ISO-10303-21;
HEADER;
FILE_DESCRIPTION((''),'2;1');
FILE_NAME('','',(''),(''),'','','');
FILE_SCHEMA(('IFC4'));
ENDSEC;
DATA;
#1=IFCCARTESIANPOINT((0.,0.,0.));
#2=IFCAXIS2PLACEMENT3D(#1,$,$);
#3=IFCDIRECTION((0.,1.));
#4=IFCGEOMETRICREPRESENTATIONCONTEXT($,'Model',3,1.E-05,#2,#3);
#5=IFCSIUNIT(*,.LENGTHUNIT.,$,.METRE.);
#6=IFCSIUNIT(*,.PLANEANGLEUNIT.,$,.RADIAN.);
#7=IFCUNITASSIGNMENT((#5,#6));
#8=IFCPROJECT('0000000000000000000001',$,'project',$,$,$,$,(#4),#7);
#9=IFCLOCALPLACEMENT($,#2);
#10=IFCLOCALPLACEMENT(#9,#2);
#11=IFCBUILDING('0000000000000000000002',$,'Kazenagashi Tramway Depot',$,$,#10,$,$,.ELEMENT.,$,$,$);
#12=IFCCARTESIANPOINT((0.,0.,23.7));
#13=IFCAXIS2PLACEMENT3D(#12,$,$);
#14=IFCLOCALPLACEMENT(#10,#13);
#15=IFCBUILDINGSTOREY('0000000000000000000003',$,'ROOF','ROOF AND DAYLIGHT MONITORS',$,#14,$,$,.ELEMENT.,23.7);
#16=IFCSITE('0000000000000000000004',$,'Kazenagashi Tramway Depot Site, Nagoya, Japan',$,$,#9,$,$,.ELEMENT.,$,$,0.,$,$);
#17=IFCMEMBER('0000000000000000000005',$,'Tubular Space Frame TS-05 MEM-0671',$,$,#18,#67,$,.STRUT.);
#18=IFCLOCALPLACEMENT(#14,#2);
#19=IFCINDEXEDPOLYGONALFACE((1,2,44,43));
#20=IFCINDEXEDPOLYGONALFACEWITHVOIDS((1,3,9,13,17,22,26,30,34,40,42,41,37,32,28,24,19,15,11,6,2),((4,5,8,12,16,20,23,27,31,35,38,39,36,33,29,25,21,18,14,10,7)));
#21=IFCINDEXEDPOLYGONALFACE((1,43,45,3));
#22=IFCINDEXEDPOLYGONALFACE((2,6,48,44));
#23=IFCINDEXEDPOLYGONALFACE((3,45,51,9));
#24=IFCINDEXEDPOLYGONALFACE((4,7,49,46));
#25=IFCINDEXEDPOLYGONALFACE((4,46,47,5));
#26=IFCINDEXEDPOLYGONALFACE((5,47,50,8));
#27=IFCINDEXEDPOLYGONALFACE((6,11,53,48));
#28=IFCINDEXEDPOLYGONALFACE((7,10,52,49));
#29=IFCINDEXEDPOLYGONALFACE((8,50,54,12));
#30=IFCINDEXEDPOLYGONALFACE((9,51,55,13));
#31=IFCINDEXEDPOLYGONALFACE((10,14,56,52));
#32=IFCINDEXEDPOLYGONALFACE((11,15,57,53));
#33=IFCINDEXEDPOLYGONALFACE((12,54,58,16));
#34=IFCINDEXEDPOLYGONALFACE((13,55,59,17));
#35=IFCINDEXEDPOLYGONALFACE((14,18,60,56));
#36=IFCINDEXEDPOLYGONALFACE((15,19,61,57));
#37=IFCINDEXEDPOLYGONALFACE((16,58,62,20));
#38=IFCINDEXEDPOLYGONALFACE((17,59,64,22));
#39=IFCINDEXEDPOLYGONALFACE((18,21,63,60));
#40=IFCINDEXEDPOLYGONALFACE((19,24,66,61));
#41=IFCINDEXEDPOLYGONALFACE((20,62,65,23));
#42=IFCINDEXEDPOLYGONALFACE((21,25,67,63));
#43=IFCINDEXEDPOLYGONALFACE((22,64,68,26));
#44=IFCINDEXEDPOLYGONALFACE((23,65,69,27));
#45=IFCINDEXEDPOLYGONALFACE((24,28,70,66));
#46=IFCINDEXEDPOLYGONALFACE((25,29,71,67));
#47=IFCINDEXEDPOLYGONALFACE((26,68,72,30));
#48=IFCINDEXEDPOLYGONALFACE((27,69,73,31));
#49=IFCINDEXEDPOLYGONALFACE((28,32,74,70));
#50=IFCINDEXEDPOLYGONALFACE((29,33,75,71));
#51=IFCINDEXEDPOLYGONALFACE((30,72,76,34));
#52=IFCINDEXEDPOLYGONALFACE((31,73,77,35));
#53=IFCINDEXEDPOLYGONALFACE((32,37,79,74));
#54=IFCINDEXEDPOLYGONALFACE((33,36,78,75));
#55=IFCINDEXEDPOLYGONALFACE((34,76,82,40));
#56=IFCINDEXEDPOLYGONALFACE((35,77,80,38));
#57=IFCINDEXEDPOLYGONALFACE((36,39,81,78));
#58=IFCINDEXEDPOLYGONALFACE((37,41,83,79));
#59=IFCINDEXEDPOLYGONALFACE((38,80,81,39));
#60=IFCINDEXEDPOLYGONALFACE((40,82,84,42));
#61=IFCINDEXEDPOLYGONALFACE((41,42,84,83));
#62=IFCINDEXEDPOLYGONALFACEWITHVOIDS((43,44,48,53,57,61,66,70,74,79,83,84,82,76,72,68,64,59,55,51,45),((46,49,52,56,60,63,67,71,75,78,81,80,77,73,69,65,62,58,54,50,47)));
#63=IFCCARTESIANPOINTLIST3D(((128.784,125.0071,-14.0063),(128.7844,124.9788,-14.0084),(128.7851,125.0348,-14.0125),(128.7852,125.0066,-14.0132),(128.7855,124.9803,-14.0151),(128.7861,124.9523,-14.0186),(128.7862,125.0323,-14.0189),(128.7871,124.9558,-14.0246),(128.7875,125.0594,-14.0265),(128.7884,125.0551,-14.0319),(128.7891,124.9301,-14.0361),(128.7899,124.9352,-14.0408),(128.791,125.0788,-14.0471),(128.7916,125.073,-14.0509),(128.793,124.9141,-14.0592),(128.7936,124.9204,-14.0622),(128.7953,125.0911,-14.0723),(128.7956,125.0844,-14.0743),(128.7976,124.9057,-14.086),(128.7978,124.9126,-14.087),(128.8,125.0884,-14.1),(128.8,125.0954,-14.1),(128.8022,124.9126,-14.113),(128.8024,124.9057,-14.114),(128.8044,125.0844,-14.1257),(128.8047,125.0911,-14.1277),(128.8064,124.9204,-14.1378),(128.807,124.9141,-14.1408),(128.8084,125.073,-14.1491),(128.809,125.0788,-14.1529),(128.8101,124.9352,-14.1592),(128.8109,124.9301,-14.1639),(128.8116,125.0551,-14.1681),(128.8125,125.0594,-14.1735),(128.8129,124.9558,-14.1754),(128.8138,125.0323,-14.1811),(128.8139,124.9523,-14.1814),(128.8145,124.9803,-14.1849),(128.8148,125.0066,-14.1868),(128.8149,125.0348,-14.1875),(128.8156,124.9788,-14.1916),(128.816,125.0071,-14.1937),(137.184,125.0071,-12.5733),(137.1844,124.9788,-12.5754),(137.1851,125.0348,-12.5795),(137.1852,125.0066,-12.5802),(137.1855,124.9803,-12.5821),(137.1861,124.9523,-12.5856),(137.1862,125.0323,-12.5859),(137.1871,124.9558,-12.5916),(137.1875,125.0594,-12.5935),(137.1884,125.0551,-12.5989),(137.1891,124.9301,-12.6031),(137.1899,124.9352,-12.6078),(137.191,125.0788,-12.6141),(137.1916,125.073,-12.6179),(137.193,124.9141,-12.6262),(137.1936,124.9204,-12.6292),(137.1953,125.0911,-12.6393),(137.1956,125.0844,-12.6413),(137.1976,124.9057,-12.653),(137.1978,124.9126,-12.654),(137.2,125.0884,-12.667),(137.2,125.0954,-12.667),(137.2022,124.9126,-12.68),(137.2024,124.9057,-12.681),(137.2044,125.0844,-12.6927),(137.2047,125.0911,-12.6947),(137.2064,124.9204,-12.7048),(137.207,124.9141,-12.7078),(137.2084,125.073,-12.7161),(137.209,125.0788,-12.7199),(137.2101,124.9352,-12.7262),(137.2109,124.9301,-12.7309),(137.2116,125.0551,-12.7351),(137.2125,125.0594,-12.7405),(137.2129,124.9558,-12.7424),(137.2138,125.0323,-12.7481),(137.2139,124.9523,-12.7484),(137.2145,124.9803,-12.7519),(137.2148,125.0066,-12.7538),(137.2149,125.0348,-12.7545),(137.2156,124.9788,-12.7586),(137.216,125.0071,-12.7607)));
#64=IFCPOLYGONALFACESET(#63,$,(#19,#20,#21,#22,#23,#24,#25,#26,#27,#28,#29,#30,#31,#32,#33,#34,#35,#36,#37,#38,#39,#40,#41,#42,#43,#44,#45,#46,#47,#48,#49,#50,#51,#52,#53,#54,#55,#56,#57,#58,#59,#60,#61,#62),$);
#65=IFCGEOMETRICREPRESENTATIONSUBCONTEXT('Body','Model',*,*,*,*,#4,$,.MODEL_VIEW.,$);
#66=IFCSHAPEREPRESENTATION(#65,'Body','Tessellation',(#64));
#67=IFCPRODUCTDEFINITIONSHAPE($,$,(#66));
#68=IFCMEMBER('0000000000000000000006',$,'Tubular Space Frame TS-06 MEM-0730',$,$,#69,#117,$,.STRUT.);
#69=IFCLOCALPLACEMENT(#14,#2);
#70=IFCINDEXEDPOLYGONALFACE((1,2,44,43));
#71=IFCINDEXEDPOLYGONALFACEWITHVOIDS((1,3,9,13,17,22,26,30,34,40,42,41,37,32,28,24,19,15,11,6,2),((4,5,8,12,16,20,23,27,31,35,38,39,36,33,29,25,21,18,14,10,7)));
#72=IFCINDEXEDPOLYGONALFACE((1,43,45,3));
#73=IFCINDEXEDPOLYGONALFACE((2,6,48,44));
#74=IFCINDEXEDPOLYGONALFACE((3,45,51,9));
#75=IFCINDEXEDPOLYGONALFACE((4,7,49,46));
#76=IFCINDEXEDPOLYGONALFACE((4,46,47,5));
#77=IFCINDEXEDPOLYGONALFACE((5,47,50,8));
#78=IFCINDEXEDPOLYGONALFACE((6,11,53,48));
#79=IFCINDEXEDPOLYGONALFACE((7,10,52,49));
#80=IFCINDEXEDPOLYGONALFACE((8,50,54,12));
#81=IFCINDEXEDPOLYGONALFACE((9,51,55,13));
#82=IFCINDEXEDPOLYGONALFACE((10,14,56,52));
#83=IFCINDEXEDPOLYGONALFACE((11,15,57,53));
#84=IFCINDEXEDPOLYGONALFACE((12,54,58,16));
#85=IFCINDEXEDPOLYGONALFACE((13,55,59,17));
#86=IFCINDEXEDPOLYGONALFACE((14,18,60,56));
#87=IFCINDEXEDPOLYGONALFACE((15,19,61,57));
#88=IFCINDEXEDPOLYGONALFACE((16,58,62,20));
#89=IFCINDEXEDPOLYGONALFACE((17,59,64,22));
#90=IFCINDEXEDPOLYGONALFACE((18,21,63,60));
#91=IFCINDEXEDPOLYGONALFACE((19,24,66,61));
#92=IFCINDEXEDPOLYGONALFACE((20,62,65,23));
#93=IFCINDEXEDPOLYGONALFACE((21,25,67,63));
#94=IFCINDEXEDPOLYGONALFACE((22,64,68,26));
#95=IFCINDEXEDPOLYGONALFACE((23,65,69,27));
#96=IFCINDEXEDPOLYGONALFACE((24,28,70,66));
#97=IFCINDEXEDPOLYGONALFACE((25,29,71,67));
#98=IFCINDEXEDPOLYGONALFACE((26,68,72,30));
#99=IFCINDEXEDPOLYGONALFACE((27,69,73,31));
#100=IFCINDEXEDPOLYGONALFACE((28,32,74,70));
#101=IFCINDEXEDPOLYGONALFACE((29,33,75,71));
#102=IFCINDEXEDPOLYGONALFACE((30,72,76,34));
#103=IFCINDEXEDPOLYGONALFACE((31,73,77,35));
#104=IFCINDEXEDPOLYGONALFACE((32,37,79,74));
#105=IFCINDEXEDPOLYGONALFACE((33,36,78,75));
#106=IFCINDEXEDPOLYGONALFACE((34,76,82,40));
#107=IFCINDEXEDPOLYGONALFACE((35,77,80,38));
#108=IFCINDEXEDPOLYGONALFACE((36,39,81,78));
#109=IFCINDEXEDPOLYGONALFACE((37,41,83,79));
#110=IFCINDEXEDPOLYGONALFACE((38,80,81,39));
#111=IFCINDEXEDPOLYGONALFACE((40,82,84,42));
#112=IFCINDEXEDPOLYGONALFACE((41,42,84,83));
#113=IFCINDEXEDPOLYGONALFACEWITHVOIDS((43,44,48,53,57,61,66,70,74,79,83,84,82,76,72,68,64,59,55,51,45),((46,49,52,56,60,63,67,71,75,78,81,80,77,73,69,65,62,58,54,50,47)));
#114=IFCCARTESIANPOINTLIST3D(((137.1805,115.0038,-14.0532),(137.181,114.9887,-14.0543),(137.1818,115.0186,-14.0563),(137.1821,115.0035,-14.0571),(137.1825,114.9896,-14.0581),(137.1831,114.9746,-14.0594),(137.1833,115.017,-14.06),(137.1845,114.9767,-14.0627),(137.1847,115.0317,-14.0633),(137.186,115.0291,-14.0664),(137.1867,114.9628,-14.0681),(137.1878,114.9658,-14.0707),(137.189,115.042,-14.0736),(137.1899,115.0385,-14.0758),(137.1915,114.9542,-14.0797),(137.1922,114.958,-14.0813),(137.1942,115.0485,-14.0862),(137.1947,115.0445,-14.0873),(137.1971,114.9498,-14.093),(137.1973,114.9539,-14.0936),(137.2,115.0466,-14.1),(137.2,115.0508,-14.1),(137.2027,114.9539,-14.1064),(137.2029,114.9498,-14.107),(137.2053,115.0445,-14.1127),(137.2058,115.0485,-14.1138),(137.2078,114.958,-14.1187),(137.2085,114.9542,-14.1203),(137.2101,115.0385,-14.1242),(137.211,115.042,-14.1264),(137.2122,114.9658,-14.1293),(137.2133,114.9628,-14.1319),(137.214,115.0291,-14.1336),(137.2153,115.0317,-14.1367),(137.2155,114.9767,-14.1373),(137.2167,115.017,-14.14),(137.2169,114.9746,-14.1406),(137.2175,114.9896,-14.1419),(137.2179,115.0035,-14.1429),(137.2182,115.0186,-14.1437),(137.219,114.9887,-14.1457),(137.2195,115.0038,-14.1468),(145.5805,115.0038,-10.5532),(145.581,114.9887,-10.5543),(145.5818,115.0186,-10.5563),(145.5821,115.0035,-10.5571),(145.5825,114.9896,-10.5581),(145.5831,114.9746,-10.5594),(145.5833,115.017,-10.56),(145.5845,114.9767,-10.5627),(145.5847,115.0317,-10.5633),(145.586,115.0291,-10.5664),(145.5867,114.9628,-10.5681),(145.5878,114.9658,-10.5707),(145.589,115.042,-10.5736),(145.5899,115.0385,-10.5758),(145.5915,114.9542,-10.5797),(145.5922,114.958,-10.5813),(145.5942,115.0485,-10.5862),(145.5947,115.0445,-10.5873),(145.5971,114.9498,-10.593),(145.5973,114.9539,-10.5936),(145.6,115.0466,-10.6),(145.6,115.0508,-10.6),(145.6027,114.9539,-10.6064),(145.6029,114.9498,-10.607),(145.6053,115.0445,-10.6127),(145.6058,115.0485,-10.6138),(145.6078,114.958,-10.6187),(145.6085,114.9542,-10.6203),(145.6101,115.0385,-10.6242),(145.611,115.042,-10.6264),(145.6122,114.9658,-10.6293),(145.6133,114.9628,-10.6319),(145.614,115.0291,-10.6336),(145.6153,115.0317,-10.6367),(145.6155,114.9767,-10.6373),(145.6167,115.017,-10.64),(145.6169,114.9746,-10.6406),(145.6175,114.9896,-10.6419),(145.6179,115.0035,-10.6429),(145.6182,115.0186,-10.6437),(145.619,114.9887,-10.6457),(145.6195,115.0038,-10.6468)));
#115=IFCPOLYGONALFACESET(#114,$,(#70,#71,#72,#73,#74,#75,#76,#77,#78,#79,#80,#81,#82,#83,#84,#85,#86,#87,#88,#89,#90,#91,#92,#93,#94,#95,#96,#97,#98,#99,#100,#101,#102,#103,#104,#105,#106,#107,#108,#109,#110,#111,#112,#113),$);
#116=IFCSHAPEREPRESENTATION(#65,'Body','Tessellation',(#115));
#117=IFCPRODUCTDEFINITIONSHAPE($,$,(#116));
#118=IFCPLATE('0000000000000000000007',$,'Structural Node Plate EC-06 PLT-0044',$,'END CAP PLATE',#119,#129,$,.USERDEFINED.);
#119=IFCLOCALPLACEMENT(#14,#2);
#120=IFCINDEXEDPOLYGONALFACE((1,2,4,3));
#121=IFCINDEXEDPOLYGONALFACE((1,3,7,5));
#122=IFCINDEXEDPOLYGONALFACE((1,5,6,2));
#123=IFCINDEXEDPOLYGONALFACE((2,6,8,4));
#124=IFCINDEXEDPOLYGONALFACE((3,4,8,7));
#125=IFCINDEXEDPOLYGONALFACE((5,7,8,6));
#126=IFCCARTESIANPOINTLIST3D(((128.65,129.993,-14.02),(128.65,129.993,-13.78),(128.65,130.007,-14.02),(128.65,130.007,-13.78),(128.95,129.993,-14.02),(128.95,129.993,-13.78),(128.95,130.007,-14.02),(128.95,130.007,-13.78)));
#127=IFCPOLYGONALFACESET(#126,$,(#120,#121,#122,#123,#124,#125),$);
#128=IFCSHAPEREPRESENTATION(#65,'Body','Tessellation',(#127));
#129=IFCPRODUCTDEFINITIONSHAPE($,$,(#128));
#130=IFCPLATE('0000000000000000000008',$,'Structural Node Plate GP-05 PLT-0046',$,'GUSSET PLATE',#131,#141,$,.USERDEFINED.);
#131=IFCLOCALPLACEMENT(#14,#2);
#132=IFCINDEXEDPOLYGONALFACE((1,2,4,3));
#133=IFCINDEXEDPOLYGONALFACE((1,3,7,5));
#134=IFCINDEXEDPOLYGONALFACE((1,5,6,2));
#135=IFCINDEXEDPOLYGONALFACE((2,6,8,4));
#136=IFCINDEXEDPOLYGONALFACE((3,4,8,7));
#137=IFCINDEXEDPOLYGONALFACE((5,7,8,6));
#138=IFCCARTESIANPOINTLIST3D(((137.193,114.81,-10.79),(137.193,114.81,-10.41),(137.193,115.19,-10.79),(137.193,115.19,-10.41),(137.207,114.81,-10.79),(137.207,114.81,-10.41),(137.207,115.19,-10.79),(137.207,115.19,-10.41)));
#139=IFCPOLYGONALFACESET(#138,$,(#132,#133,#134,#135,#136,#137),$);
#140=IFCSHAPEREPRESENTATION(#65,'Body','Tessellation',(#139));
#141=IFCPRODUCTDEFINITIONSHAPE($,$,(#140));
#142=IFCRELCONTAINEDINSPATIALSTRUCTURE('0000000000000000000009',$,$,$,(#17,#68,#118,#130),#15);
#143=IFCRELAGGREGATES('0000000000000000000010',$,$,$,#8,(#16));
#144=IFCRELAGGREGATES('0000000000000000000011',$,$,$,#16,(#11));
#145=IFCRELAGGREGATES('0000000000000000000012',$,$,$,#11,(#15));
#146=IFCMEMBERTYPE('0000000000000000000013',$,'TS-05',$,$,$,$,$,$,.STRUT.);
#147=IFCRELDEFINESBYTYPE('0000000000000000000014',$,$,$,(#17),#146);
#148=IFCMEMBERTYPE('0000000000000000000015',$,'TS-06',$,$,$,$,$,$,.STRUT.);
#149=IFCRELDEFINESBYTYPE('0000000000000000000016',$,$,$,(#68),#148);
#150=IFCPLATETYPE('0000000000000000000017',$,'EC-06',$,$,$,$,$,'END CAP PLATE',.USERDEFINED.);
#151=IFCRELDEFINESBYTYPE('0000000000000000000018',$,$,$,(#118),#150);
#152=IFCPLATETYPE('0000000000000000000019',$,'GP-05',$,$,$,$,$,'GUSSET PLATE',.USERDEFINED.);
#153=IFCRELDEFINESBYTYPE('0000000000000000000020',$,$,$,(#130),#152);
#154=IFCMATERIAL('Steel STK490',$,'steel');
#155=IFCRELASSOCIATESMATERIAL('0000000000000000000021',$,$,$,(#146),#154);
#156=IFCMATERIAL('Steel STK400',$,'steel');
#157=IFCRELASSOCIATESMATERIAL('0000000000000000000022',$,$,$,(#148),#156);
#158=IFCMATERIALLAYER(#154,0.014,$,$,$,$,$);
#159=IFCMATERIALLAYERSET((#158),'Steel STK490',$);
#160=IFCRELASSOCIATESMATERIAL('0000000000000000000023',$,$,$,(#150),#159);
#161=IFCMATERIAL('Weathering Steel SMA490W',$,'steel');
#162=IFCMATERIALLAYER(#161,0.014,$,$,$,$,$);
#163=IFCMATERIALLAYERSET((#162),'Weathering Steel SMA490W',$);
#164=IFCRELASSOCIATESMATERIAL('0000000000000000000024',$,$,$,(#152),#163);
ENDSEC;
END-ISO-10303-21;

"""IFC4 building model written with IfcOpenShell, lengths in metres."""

from ifc_helpers import new_model, si_unit, direction, frame, origin, origin_2d, place, context, subcontext, project, spatial, rectangle, hollow_circle, extrude, material, layer, layer_set, material_profile, profile_set, type_object, element, save


model = new_model("IFC4")

# Units and contexts
model_context = context("Model", 3, precision=1e-05, world=origin(), true_north=direction((0.0, 1.0)))
body_context = subcontext(model_context, "Body", "Model", "MODEL_VIEW")
ifc_project = project(units=[si_unit("LENGTHUNIT", "METRE"), si_unit("PLANEANGLEUNIT", "RADIAN")], contexts=[model_context])

# Site, building, storey
site_placement = place(None, origin())
site = spatial("IfcSite", under=ifc_project, at=site_placement, Name="Kazenagashi Tramway Depot Site, Nagoya, Japan", CompositionType="ELEMENT", RefElevation=0.0)
building_placement = place(site_placement, origin())
building = spatial("IfcBuilding", under=site, at=building_placement, Name="Kazenagashi Tramway Depot", CompositionType="ELEMENT")
storey_placement = place(building_placement, frame((0.0, 0.0, 23.7)))
storey = spatial("IfcBuildingStorey", under=building, at=storey_placement, Name="ROOF", Description="ROOF AND DAYLIGHT MONITORS", CompositionType="ELEMENT", Elevation=23.7)

# Members
ifc_material_1 = material(Name="Steel STK490", Category="steel")
ifc_material_profile_1 = material_profile(ifc_material_1, hollow_circle(Radius=0.0954, WallThickness=0.007, at=origin_2d()), Name="CHS-190.7x7.0")
ifc_profile_set_1 = profile_set([ifc_material_profile_1], Name="Steel STK490")
member_type_1 = type_object("IfcMemberType", Name="TS-05", PredefinedType="STRUT", material=ifc_profile_set_1)
member_1_placement = place(storey_placement, frame((128.8, 125.0, -14.1), z_axis=(0.985759, 0.0, 0.168166), x_axis=(0.0, 1.0, 0.0)))
element("IfcMember", 1, at=member_1_placement, inside=storey, type_object=member_type_1, Name="Tubular Space Frame TS-05 MEM-0671", PredefinedType="STRUT", context=body_context, shape_type="SweptSolid", body=[
    extrude(hollow_circle(Radius=0.0954, WallThickness=0.007, at=origin_2d()), origin(), (0.0, 0.0, 1.0), 8.5214),
])
ifc_material_2 = material(Name="Steel STK400", Category="steel")
ifc_material_profile_2 = material_profile(ifc_material_2, hollow_circle(Radius=0.0508, WallThickness=0.0042, at=origin_2d()), Name="CHS-101.6x4.2")
ifc_profile_set_2 = profile_set([ifc_material_profile_2], Name="Steel STK400")
member_type_2 = type_object("IfcMemberType", Name="TS-06", PredefinedType="STRUT", material=ifc_profile_set_2)
member_2_placement = place(storey_placement, frame((137.2, 115.0, -14.1), z_axis=(0.923077, 0.0, 0.384615), x_axis=(0.0, 1.0, 0.0)))
element("IfcMember", 2, at=member_2_placement, inside=storey, type_object=member_type_2, Name="Tubular Space Frame TS-06 MEM-0730", PredefinedType="STRUT", context=body_context, shape_type="SweptSolid", body=[
    extrude(hollow_circle(Radius=0.0508, WallThickness=0.0042, at=origin_2d()), origin(), (0.0, 0.0, 1.0), 9.1),
])

# Plates
ifc_layer_1 = layer(ifc_material_1, 0.014)
ifc_layer_set_1 = layer_set([ifc_layer_1], Name="Steel STK490")
plate_type_1 = type_object("IfcPlateType", Name="EC-06", ElementType="END CAP PLATE", PredefinedType="USERDEFINED", material=ifc_layer_set_1)
plate_1_placement = place(storey_placement, frame((128.8, 130.0, -14.02), z_axis=(0.0, 0.0, 1.0), x_axis=(1.0, 0.0, 0.0)))
element("IfcPlate", 3, at=plate_1_placement, inside=storey, type_object=plate_type_1, Name="Structural Node Plate EC-06 PLT-0044", ObjectType="END CAP PLATE", PredefinedType="USERDEFINED", context=body_context, shape_type="SweptSolid", body=[
    extrude(rectangle(XDim=0.3, YDim=0.014, at=origin_2d()), origin(), (0.0, 0.0, 1.0), 0.24),
])
ifc_material_3 = material(Name="Weathering Steel SMA490W", Category="steel")
ifc_layer_2 = layer(ifc_material_3, 0.014)
ifc_layer_set_2 = layer_set([ifc_layer_2], Name="Weathering Steel SMA490W")
plate_type_2 = type_object("IfcPlateType", Name="GP-05", ElementType="GUSSET PLATE", PredefinedType="USERDEFINED", material=ifc_layer_set_2)
plate_2_placement = place(storey_placement, frame((137.2, 115.0, -10.79), z_axis=(0.0, 0.0, 1.0), x_axis=(0.0, 1.0, 0.0)))
element("IfcPlate", 4, at=plate_2_placement, inside=storey, type_object=plate_type_2, Name="Structural Node Plate GP-05 PLT-0046", ObjectType="GUSSET PLATE", PredefinedType="USERDEFINED", context=body_context, shape_type="SweptSolid", body=[
    extrude(rectangle(XDim=0.38, YDim=0.014, at=origin_2d()), origin(), (0.0, 0.0, 1.0), 0.38),
])

save(model, "model.ifc")
